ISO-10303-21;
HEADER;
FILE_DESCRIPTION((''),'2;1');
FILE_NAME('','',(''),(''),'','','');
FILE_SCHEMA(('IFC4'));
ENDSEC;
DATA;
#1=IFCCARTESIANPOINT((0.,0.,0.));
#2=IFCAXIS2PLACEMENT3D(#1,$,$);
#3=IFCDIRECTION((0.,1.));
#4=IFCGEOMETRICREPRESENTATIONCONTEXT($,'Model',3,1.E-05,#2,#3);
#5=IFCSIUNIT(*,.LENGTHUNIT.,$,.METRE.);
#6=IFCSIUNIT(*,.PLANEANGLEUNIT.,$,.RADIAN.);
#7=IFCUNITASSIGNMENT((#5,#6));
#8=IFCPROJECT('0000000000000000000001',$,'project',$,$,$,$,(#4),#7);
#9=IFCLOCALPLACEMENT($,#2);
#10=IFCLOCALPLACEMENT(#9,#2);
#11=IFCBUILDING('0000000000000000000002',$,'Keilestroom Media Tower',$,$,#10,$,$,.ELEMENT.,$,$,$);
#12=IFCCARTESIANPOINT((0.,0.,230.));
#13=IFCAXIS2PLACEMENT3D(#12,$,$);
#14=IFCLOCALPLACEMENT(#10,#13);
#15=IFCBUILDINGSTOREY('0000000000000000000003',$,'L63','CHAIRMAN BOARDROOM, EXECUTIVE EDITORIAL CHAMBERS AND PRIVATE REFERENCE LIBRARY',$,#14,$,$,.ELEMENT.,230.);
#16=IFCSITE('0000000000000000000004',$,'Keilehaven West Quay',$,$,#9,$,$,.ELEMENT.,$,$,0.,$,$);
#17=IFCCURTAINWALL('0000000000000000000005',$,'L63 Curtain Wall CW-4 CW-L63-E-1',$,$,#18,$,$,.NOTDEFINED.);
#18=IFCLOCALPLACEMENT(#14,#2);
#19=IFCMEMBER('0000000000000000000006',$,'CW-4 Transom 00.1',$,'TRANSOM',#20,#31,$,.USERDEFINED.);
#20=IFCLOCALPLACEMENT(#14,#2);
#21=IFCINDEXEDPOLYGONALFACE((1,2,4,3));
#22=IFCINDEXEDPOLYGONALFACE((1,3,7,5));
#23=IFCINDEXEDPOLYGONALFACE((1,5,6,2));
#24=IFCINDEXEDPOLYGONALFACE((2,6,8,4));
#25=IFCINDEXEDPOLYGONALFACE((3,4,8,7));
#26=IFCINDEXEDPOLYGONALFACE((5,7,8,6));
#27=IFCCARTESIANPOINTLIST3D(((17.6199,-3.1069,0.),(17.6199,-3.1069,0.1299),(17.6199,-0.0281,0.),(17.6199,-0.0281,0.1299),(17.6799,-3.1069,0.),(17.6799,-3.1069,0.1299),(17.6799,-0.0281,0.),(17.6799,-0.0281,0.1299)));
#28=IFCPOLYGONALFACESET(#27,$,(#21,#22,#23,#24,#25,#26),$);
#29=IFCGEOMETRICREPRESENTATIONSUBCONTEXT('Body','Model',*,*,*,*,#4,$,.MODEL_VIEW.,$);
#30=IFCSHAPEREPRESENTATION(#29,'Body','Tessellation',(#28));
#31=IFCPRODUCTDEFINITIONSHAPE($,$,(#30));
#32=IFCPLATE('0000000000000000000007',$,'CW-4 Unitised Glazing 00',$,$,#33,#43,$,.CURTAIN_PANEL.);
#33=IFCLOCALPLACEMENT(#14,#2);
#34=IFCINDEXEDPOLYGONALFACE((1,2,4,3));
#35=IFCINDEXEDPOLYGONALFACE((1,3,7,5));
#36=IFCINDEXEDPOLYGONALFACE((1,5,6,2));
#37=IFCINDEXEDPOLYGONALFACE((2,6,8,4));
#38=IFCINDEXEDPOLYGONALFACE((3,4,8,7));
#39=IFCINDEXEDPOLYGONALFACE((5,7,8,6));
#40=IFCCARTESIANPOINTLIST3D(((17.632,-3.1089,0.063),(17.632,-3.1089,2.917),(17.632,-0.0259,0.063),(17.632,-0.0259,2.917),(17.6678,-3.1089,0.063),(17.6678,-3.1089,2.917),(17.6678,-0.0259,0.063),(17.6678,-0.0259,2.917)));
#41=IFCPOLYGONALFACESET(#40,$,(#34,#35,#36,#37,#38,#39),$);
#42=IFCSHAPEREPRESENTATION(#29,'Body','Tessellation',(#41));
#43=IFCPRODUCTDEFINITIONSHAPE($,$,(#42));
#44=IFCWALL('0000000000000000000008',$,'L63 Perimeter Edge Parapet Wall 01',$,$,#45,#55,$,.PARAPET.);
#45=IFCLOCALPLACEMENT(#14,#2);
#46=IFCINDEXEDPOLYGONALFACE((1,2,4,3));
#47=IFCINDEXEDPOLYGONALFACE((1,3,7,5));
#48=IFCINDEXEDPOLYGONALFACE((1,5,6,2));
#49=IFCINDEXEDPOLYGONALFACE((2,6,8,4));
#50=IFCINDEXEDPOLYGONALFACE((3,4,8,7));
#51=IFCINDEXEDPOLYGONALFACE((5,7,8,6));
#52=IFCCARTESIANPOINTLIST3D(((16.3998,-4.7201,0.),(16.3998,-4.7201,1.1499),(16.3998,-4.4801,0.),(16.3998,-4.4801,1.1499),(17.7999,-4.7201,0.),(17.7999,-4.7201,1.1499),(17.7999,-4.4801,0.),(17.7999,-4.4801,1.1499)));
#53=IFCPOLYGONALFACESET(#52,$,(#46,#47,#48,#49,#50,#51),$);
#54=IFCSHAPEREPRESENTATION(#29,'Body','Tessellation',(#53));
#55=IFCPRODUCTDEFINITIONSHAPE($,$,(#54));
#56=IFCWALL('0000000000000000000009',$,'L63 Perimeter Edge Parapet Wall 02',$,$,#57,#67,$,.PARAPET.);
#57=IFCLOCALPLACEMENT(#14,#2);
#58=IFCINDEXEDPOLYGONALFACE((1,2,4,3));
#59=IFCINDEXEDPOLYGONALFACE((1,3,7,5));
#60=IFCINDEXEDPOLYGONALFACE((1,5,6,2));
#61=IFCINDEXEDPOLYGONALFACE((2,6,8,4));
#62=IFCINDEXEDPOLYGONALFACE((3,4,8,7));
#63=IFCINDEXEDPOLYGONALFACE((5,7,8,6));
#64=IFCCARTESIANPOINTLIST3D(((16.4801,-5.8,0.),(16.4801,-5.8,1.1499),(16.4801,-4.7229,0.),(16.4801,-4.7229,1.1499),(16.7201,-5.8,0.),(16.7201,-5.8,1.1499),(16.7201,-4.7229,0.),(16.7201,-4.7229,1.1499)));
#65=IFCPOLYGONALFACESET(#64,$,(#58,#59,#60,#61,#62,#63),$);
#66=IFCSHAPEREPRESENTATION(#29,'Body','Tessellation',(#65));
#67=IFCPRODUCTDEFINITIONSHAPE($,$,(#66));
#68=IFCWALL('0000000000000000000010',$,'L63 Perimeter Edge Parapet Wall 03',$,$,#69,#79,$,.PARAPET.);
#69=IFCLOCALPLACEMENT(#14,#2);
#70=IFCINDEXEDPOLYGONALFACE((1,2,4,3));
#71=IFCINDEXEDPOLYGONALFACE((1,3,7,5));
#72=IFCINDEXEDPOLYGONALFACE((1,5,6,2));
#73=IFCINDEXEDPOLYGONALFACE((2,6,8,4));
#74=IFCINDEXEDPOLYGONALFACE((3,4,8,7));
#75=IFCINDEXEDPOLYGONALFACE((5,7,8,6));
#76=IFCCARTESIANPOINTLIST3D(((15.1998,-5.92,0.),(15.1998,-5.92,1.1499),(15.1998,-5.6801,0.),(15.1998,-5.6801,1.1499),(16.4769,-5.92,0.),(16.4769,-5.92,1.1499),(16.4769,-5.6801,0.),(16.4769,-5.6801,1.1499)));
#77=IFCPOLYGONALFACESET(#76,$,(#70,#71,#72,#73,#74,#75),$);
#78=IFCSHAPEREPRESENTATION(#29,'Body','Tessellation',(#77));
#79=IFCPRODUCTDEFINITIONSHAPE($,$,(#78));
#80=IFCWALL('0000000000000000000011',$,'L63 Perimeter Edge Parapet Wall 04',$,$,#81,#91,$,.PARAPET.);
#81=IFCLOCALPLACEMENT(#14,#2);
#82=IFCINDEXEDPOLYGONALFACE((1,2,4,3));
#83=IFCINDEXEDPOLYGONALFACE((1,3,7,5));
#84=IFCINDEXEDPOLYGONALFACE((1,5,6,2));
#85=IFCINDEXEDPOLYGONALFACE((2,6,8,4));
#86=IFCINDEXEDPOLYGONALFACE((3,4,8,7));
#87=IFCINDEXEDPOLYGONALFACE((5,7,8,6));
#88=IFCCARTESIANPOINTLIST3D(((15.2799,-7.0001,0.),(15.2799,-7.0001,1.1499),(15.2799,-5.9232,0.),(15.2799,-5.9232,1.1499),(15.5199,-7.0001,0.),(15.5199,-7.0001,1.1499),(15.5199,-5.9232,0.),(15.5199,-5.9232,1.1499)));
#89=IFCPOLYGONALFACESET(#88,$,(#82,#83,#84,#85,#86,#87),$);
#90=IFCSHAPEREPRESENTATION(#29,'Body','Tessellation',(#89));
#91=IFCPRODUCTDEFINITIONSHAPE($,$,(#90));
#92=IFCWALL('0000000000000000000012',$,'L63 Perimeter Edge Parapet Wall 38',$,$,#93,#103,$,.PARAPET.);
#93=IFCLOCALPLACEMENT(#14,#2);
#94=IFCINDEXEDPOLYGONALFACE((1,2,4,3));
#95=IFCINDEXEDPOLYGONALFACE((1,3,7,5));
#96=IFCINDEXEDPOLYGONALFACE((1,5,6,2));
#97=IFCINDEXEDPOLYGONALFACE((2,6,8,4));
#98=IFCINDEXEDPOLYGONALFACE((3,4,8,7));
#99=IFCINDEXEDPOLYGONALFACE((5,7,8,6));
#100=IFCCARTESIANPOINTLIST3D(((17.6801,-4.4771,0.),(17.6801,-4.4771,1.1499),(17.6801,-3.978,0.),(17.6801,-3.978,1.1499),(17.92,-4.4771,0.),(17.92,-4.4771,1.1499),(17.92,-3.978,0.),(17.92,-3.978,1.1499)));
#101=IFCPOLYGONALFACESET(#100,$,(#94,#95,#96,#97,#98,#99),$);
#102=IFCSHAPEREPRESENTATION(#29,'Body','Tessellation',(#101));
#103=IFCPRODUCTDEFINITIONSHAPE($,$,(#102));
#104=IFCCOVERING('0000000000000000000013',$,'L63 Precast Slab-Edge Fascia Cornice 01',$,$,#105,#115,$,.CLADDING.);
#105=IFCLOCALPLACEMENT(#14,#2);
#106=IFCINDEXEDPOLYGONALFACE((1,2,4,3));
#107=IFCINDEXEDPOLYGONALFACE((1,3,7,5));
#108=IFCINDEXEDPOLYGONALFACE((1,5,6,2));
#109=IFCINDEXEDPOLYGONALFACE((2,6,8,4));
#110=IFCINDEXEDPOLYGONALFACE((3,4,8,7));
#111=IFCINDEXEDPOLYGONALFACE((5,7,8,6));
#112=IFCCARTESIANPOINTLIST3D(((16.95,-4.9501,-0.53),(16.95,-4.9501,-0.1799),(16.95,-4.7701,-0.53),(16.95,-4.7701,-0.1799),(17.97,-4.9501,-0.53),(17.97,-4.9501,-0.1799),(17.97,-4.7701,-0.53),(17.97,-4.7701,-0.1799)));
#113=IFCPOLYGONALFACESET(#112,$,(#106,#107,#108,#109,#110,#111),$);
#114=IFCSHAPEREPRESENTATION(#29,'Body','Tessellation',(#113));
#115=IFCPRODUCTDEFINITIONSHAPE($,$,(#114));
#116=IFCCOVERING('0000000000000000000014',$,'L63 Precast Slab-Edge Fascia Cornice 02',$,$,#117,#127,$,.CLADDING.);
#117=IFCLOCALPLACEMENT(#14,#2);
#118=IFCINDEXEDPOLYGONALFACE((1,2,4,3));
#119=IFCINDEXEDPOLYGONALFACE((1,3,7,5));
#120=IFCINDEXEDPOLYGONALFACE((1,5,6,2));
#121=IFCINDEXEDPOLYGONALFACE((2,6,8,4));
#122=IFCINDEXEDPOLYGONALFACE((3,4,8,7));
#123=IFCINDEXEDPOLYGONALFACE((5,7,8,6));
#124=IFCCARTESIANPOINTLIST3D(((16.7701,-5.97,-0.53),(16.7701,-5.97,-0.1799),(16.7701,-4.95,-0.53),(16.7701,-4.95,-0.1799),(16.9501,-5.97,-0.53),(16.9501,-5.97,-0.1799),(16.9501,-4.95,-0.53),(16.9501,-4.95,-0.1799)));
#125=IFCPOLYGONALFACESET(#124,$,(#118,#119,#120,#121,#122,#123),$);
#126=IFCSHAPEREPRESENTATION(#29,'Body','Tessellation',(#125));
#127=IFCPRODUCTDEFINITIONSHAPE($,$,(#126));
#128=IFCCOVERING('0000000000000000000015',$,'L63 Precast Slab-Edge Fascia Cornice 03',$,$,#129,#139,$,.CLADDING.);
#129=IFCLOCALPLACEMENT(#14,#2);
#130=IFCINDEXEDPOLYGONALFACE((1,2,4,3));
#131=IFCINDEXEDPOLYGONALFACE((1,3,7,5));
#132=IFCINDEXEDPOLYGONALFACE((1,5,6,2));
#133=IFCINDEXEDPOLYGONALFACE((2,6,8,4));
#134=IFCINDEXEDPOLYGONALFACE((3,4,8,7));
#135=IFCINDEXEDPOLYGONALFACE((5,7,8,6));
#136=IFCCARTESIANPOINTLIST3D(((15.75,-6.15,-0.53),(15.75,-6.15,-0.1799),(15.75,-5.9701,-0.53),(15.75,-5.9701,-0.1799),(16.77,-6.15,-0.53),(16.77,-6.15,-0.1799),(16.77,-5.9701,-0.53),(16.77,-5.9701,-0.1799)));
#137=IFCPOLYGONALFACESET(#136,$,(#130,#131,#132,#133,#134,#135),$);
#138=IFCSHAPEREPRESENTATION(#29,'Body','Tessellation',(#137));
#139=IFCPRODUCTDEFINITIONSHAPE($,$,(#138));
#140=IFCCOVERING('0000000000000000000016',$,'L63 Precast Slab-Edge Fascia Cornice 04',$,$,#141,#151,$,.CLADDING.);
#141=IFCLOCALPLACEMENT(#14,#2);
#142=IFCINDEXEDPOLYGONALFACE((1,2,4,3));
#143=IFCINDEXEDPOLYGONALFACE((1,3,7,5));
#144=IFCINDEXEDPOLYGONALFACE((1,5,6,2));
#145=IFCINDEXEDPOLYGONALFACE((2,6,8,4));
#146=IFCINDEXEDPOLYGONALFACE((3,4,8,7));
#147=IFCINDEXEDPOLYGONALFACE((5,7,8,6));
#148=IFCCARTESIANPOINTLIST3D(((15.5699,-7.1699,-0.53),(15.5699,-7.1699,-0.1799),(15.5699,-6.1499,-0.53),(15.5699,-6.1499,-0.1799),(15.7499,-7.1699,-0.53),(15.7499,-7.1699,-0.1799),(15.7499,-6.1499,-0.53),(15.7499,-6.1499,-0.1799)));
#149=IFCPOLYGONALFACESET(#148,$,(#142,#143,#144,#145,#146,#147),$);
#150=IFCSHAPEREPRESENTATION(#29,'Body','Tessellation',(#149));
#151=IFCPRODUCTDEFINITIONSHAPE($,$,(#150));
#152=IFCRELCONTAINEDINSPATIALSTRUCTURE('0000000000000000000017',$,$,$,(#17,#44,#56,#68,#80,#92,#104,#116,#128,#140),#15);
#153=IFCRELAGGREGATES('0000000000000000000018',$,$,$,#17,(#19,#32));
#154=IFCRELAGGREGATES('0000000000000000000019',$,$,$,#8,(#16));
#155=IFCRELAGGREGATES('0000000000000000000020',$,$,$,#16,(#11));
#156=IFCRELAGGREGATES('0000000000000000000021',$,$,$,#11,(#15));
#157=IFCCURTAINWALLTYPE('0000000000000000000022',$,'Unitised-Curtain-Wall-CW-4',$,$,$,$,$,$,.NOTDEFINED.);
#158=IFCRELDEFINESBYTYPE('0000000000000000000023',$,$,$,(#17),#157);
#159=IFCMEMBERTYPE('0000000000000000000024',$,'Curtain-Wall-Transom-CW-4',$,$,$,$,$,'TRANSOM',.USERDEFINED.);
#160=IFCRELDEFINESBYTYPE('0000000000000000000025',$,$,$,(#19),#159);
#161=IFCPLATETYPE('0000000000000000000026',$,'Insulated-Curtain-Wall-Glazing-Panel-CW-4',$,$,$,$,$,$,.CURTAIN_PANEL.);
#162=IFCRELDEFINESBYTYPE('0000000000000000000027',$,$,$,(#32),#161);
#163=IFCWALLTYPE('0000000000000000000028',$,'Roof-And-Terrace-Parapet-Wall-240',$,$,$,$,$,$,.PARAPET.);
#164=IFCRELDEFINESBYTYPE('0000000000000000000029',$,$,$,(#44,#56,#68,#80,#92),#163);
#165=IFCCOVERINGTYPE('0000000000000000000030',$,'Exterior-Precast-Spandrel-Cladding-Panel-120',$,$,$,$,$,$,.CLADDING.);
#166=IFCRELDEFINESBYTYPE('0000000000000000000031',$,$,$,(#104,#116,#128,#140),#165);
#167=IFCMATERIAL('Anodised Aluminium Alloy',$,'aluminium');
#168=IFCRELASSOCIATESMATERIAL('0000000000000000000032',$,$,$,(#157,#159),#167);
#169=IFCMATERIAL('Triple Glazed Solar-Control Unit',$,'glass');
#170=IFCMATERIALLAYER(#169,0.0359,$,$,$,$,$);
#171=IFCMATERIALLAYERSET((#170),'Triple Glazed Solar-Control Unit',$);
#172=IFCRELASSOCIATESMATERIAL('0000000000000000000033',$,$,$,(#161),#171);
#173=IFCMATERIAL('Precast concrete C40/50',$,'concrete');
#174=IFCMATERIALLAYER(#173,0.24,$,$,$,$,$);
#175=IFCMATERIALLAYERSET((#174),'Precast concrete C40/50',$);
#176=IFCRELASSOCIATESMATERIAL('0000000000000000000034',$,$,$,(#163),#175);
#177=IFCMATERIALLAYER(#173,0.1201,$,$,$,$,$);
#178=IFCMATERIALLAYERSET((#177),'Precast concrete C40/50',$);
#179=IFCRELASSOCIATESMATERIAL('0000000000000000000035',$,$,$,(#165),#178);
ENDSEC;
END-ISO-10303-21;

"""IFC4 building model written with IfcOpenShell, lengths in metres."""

from ifc_helpers import new_model, si_unit, direction, frame, frame_2d, origin, origin_2d, place, context, subcontext, project, spatial, rectangle, extrude, source, transform, mapped, material, layer, layer_set, material_profile, profile_set, type_object, element, aggregate, save


model = new_model("IFC4")

# Units and contexts
model_context = context("Model", 3, precision=1e-05, world=origin(), true_north=direction((0.0, 1.0)))
body_context = subcontext(model_context, "Body", "Model", "MODEL_VIEW")
ifc_project = project(units=[si_unit("LENGTHUNIT", "METRE"), si_unit("PLANEANGLEUNIT", "RADIAN")], contexts=[model_context])

# Site, building, storey
site_placement = place(None, origin())
site = spatial("IfcSite", under=ifc_project, at=site_placement, Name="Keilehaven West Quay", CompositionType="ELEMENT", RefElevation=0.0)
building_placement = place(site_placement, origin())
building = spatial("IfcBuilding", under=site, at=building_placement, Name="Keilestroom Media Tower", CompositionType="ELEMENT")
storey_placement = place(building_placement, frame((0.0, 0.0, 230.0)))
storey = spatial("IfcBuildingStorey", under=building, at=storey_placement, Name="L63", Description="CHAIRMAN BOARDROOM, EXECUTIVE EDITORIAL CHAMBERS AND PRIVATE REFERENCE LIBRARY", CompositionType="ELEMENT", Elevation=230.0)

# Shared definitions
ifc_material_1 = material(Name="Precast concrete C40/50", Category="concrete")

# Curtain wall, member, plate
ifc_material_2 = material(Name="Anodised Aluminium Alloy", Category="aluminium")
curtain_wall_type = type_object("IfcCurtainWallType", Name="Unitised-Curtain-Wall-CW-4", PredefinedType="NOTDEFINED", material=ifc_material_2)
curtain_wall_placement = place(storey_placement, origin())
curtain_wall = element("IfcCurtainWall", 1, at=curtain_wall_placement, inside=storey, type_object=curtain_wall_type, Name="L63 Curtain Wall CW-4 CW-L63-E-1", PredefinedType="NOTDEFINED")
ifc_material_profile_1 = material_profile(ifc_material_2, rectangle(XDim=0.0601, YDim=0.1299, at=origin_2d()), Name="ALU TRANSOM 60x130")
ifc_profile_set_1 = profile_set([ifc_material_profile_1], Name="Anodised Aluminium Alloy")
member_type_1 = type_object("IfcMemberType", Name="Curtain-Wall-Transom-CW-4", ElementType="TRANSOM", PredefinedType="USERDEFINED", material=ifc_profile_set_1)
shared_shape_1 = source(origin(), body_context, "Body", "SweptSolid", [
    extrude(rectangle(XDim=0.0601, YDim=0.1299, at=origin_2d()), origin(), (0.0, 0.0, 1.0), 3.0789),
])
member_1_placement = place(storey_placement, frame((17.6499, -3.1069, 0.0649), z_axis=(0.0, 1.0, 0.0), x_axis=(-1.0, 0.0, 0.0)))
member_1 = element("IfcMember", 2, at=member_1_placement, type_object=member_type_1, Name="CW-4 Transom 00.1", ObjectType="TRANSOM", PredefinedType="USERDEFINED", context=body_context, shape_type="MappedRepresentation", body=[
    mapped(shared_shape_1, transform((0.0, 0.0, 0.0), x_axis=(1.0, 0.0, 0.0), y_axis=(0.0, 1.0, 0.0), z_axis=(0.0, 0.0, 1.0), scale=1.0)),
])
ifc_material_3 = material(Name="Triple Glazed Solar-Control Unit", Category="glass")
ifc_layer_1 = layer(ifc_material_3, 0.0359)
ifc_layer_set_1 = layer_set([ifc_layer_1], Name="Triple Glazed Solar-Control Unit")
plate_type = type_object("IfcPlateType", Name="Insulated-Curtain-Wall-Glazing-Panel-CW-4", PredefinedType="CURTAIN_PANEL", material=ifc_layer_set_1)
shared_shape_2 = source(origin(), body_context, "Body", "SweptSolid", [
    extrude(rectangle(XDim=3.083, YDim=0.0359, at=origin_2d()), origin(), (0.0, 0.0, 1.0), 2.854),
])
plate_placement = place(storey_placement, frame((17.6499, -1.5674, 0.063), z_axis=(0.0, 0.0, 1.0), x_axis=(0.0, 1.0, 0.0)))
plate = element("IfcPlate", 3, at=plate_placement, type_object=plate_type, Name="CW-4 Unitised Glazing 00", PredefinedType="CURTAIN_PANEL", context=body_context, shape_type="MappedRepresentation", body=[
    mapped(shared_shape_2, transform((0.0, 0.0, 0.0), x_axis=(1.0, 0.0, 0.0), y_axis=(0.0, 1.0, 0.0), z_axis=(0.0, 0.0, 1.0), scale=1.0)),
])
aggregate(curtain_wall, [member_1, plate])

# Walls
ifc_layer_2 = layer(ifc_material_1, 0.24)
ifc_layer_set_2 = layer_set([ifc_layer_2], Name="Precast concrete C40/50")
wall_type = type_object("IfcWallType", Name="Roof-And-Terrace-Parapet-Wall-240", PredefinedType="PARAPET", material=ifc_layer_set_2)
wall_1_placement = place(storey_placement, frame((17.8, -4.6001, 0.0), z_axis=(0.0, 0.0, 1.0), x_axis=(-1.0, 0.0, 0.0)))
element("IfcWall", 4, at=wall_1_placement, inside=storey, type_object=wall_type, Name="L63 Perimeter Edge Parapet Wall 01", PredefinedType="PARAPET", context=body_context, shape_type="SweptSolid", body=[
    extrude(rectangle(XDim=1.4001, YDim=0.24, at=frame_2d((0.7002, 0.0))), origin(), (0.0, 0.0, 1.0), 1.1499),
])
wall_2_placement = place(storey_placement, frame((16.6001, -4.7229, 0.0), z_axis=(0.0, 0.0, 1.0), x_axis=(0.0, -1.0, 0.0)))
element("IfcWall", 5, at=wall_2_placement, inside=storey, type_object=wall_type, Name="L63 Perimeter Edge Parapet Wall 02", PredefinedType="PARAPET", context=body_context, shape_type="SweptSolid", body=[
    extrude(rectangle(XDim=1.0771, YDim=0.24, at=frame_2d((0.5386, 0.0))), origin(), (0.0, 0.0, 1.0), 1.1499),
])
wall_3_placement = place(storey_placement, frame((16.4771, -5.8, 0.0), z_axis=(0.0, 0.0, 1.0), x_axis=(-1.0, 0.0, 0.0)))
element("IfcWall", 6, at=wall_3_placement, inside=storey, type_object=wall_type, Name="L63 Perimeter Edge Parapet Wall 03", PredefinedType="PARAPET", context=body_context, shape_type="SweptSolid", body=[
    extrude(rectangle(XDim=1.2771, YDim=0.24, at=frame_2d((0.6387, 0.0))), origin(), (0.0, 0.0, 1.0), 1.1499),
])
wall_4_placement = place(storey_placement, frame((15.3999, -5.9231, 0.0), z_axis=(0.0, 0.0, 1.0), x_axis=(0.0, -1.0, 0.0)))
element("IfcWall", 7, at=wall_4_placement, inside=storey, type_object=wall_type, Name="L63 Perimeter Edge Parapet Wall 04", PredefinedType="PARAPET", context=body_context, shape_type="SweptSolid", body=[
    extrude(rectangle(XDim=1.0769, YDim=0.24, at=frame_2d((0.5386, 0.0))), origin(), (0.0, 0.0, 1.0), 1.1499),
])
wall_5_placement = place(storey_placement, frame((17.8, -3.978, 0.0), z_axis=(0.0, 0.0, 1.0), x_axis=(0.0, -1.0, 0.0)))
element("IfcWall", 8, at=wall_5_placement, inside=storey, type_object=wall_type, Name="L63 Perimeter Edge Parapet Wall 38", PredefinedType="PARAPET", context=body_context, shape_type="SweptSolid", body=[
    extrude(rectangle(XDim=0.499, YDim=0.24, at=frame_2d((0.2495, 0.0))), origin(), (0.0, 0.0, 1.0), 1.1499),
])

# Coverings
ifc_layer_3 = layer(ifc_material_1, 0.1201)
ifc_layer_set_3 = layer_set([ifc_layer_3], Name="Precast concrete C40/50")
covering_type = type_object("IfcCoveringType", Name="Exterior-Precast-Spandrel-Cladding-Panel-120", PredefinedType="CLADDING", material=ifc_layer_set_3)
shared_shape_3 = source(origin(), body_context, "Body", "SweptSolid", [
    extrude(rectangle(XDim=1.02, YDim=0.1799, at=origin_2d()), origin(), (0.0, 0.0, 1.0), 0.3501),
])
for number, where, z_axis, x_axis, name in (
    (9, (17.46, -4.8601, -0.53), (0.0, 0.0, 1.0), (-1.0, 0.0, 0.0), "L63 Precast Slab-Edge Fascia Cornice 01"),
    (10, (16.8601, -5.46, -0.53), (0.0, 0.0, 1.0), (0.0, -1.0, 0.0), "L63 Precast Slab-Edge Fascia Cornice 02"),
    (11, (16.26, -6.0601, -0.53), (0.0, 0.0, 1.0), (-1.0, 0.0, 0.0), "L63 Precast Slab-Edge Fascia Cornice 03"),
    (12, (15.6599, -6.6599, -0.53), (0.0, 0.0, 1.0), (0.0, -1.0, 0.0), "L63 Precast Slab-Edge Fascia Cornice 04"),
):
    element("IfcCovering", number, at=place(storey_placement, frame(where, z_axis=z_axis, x_axis=x_axis)), inside=storey, type_object=covering_type, Name=name, PredefinedType="CLADDING", context=body_context, shape_type="MappedRepresentation", body=[
        mapped(shared_shape_3, transform((0.0, 0.0, 0.0), x_axis=(1.0, 0.0, 0.0), y_axis=(0.0, 1.0, 0.0), z_axis=(0.0, 0.0, 1.0), scale=1.0)),
    ])

save(model, "model.ifc")
